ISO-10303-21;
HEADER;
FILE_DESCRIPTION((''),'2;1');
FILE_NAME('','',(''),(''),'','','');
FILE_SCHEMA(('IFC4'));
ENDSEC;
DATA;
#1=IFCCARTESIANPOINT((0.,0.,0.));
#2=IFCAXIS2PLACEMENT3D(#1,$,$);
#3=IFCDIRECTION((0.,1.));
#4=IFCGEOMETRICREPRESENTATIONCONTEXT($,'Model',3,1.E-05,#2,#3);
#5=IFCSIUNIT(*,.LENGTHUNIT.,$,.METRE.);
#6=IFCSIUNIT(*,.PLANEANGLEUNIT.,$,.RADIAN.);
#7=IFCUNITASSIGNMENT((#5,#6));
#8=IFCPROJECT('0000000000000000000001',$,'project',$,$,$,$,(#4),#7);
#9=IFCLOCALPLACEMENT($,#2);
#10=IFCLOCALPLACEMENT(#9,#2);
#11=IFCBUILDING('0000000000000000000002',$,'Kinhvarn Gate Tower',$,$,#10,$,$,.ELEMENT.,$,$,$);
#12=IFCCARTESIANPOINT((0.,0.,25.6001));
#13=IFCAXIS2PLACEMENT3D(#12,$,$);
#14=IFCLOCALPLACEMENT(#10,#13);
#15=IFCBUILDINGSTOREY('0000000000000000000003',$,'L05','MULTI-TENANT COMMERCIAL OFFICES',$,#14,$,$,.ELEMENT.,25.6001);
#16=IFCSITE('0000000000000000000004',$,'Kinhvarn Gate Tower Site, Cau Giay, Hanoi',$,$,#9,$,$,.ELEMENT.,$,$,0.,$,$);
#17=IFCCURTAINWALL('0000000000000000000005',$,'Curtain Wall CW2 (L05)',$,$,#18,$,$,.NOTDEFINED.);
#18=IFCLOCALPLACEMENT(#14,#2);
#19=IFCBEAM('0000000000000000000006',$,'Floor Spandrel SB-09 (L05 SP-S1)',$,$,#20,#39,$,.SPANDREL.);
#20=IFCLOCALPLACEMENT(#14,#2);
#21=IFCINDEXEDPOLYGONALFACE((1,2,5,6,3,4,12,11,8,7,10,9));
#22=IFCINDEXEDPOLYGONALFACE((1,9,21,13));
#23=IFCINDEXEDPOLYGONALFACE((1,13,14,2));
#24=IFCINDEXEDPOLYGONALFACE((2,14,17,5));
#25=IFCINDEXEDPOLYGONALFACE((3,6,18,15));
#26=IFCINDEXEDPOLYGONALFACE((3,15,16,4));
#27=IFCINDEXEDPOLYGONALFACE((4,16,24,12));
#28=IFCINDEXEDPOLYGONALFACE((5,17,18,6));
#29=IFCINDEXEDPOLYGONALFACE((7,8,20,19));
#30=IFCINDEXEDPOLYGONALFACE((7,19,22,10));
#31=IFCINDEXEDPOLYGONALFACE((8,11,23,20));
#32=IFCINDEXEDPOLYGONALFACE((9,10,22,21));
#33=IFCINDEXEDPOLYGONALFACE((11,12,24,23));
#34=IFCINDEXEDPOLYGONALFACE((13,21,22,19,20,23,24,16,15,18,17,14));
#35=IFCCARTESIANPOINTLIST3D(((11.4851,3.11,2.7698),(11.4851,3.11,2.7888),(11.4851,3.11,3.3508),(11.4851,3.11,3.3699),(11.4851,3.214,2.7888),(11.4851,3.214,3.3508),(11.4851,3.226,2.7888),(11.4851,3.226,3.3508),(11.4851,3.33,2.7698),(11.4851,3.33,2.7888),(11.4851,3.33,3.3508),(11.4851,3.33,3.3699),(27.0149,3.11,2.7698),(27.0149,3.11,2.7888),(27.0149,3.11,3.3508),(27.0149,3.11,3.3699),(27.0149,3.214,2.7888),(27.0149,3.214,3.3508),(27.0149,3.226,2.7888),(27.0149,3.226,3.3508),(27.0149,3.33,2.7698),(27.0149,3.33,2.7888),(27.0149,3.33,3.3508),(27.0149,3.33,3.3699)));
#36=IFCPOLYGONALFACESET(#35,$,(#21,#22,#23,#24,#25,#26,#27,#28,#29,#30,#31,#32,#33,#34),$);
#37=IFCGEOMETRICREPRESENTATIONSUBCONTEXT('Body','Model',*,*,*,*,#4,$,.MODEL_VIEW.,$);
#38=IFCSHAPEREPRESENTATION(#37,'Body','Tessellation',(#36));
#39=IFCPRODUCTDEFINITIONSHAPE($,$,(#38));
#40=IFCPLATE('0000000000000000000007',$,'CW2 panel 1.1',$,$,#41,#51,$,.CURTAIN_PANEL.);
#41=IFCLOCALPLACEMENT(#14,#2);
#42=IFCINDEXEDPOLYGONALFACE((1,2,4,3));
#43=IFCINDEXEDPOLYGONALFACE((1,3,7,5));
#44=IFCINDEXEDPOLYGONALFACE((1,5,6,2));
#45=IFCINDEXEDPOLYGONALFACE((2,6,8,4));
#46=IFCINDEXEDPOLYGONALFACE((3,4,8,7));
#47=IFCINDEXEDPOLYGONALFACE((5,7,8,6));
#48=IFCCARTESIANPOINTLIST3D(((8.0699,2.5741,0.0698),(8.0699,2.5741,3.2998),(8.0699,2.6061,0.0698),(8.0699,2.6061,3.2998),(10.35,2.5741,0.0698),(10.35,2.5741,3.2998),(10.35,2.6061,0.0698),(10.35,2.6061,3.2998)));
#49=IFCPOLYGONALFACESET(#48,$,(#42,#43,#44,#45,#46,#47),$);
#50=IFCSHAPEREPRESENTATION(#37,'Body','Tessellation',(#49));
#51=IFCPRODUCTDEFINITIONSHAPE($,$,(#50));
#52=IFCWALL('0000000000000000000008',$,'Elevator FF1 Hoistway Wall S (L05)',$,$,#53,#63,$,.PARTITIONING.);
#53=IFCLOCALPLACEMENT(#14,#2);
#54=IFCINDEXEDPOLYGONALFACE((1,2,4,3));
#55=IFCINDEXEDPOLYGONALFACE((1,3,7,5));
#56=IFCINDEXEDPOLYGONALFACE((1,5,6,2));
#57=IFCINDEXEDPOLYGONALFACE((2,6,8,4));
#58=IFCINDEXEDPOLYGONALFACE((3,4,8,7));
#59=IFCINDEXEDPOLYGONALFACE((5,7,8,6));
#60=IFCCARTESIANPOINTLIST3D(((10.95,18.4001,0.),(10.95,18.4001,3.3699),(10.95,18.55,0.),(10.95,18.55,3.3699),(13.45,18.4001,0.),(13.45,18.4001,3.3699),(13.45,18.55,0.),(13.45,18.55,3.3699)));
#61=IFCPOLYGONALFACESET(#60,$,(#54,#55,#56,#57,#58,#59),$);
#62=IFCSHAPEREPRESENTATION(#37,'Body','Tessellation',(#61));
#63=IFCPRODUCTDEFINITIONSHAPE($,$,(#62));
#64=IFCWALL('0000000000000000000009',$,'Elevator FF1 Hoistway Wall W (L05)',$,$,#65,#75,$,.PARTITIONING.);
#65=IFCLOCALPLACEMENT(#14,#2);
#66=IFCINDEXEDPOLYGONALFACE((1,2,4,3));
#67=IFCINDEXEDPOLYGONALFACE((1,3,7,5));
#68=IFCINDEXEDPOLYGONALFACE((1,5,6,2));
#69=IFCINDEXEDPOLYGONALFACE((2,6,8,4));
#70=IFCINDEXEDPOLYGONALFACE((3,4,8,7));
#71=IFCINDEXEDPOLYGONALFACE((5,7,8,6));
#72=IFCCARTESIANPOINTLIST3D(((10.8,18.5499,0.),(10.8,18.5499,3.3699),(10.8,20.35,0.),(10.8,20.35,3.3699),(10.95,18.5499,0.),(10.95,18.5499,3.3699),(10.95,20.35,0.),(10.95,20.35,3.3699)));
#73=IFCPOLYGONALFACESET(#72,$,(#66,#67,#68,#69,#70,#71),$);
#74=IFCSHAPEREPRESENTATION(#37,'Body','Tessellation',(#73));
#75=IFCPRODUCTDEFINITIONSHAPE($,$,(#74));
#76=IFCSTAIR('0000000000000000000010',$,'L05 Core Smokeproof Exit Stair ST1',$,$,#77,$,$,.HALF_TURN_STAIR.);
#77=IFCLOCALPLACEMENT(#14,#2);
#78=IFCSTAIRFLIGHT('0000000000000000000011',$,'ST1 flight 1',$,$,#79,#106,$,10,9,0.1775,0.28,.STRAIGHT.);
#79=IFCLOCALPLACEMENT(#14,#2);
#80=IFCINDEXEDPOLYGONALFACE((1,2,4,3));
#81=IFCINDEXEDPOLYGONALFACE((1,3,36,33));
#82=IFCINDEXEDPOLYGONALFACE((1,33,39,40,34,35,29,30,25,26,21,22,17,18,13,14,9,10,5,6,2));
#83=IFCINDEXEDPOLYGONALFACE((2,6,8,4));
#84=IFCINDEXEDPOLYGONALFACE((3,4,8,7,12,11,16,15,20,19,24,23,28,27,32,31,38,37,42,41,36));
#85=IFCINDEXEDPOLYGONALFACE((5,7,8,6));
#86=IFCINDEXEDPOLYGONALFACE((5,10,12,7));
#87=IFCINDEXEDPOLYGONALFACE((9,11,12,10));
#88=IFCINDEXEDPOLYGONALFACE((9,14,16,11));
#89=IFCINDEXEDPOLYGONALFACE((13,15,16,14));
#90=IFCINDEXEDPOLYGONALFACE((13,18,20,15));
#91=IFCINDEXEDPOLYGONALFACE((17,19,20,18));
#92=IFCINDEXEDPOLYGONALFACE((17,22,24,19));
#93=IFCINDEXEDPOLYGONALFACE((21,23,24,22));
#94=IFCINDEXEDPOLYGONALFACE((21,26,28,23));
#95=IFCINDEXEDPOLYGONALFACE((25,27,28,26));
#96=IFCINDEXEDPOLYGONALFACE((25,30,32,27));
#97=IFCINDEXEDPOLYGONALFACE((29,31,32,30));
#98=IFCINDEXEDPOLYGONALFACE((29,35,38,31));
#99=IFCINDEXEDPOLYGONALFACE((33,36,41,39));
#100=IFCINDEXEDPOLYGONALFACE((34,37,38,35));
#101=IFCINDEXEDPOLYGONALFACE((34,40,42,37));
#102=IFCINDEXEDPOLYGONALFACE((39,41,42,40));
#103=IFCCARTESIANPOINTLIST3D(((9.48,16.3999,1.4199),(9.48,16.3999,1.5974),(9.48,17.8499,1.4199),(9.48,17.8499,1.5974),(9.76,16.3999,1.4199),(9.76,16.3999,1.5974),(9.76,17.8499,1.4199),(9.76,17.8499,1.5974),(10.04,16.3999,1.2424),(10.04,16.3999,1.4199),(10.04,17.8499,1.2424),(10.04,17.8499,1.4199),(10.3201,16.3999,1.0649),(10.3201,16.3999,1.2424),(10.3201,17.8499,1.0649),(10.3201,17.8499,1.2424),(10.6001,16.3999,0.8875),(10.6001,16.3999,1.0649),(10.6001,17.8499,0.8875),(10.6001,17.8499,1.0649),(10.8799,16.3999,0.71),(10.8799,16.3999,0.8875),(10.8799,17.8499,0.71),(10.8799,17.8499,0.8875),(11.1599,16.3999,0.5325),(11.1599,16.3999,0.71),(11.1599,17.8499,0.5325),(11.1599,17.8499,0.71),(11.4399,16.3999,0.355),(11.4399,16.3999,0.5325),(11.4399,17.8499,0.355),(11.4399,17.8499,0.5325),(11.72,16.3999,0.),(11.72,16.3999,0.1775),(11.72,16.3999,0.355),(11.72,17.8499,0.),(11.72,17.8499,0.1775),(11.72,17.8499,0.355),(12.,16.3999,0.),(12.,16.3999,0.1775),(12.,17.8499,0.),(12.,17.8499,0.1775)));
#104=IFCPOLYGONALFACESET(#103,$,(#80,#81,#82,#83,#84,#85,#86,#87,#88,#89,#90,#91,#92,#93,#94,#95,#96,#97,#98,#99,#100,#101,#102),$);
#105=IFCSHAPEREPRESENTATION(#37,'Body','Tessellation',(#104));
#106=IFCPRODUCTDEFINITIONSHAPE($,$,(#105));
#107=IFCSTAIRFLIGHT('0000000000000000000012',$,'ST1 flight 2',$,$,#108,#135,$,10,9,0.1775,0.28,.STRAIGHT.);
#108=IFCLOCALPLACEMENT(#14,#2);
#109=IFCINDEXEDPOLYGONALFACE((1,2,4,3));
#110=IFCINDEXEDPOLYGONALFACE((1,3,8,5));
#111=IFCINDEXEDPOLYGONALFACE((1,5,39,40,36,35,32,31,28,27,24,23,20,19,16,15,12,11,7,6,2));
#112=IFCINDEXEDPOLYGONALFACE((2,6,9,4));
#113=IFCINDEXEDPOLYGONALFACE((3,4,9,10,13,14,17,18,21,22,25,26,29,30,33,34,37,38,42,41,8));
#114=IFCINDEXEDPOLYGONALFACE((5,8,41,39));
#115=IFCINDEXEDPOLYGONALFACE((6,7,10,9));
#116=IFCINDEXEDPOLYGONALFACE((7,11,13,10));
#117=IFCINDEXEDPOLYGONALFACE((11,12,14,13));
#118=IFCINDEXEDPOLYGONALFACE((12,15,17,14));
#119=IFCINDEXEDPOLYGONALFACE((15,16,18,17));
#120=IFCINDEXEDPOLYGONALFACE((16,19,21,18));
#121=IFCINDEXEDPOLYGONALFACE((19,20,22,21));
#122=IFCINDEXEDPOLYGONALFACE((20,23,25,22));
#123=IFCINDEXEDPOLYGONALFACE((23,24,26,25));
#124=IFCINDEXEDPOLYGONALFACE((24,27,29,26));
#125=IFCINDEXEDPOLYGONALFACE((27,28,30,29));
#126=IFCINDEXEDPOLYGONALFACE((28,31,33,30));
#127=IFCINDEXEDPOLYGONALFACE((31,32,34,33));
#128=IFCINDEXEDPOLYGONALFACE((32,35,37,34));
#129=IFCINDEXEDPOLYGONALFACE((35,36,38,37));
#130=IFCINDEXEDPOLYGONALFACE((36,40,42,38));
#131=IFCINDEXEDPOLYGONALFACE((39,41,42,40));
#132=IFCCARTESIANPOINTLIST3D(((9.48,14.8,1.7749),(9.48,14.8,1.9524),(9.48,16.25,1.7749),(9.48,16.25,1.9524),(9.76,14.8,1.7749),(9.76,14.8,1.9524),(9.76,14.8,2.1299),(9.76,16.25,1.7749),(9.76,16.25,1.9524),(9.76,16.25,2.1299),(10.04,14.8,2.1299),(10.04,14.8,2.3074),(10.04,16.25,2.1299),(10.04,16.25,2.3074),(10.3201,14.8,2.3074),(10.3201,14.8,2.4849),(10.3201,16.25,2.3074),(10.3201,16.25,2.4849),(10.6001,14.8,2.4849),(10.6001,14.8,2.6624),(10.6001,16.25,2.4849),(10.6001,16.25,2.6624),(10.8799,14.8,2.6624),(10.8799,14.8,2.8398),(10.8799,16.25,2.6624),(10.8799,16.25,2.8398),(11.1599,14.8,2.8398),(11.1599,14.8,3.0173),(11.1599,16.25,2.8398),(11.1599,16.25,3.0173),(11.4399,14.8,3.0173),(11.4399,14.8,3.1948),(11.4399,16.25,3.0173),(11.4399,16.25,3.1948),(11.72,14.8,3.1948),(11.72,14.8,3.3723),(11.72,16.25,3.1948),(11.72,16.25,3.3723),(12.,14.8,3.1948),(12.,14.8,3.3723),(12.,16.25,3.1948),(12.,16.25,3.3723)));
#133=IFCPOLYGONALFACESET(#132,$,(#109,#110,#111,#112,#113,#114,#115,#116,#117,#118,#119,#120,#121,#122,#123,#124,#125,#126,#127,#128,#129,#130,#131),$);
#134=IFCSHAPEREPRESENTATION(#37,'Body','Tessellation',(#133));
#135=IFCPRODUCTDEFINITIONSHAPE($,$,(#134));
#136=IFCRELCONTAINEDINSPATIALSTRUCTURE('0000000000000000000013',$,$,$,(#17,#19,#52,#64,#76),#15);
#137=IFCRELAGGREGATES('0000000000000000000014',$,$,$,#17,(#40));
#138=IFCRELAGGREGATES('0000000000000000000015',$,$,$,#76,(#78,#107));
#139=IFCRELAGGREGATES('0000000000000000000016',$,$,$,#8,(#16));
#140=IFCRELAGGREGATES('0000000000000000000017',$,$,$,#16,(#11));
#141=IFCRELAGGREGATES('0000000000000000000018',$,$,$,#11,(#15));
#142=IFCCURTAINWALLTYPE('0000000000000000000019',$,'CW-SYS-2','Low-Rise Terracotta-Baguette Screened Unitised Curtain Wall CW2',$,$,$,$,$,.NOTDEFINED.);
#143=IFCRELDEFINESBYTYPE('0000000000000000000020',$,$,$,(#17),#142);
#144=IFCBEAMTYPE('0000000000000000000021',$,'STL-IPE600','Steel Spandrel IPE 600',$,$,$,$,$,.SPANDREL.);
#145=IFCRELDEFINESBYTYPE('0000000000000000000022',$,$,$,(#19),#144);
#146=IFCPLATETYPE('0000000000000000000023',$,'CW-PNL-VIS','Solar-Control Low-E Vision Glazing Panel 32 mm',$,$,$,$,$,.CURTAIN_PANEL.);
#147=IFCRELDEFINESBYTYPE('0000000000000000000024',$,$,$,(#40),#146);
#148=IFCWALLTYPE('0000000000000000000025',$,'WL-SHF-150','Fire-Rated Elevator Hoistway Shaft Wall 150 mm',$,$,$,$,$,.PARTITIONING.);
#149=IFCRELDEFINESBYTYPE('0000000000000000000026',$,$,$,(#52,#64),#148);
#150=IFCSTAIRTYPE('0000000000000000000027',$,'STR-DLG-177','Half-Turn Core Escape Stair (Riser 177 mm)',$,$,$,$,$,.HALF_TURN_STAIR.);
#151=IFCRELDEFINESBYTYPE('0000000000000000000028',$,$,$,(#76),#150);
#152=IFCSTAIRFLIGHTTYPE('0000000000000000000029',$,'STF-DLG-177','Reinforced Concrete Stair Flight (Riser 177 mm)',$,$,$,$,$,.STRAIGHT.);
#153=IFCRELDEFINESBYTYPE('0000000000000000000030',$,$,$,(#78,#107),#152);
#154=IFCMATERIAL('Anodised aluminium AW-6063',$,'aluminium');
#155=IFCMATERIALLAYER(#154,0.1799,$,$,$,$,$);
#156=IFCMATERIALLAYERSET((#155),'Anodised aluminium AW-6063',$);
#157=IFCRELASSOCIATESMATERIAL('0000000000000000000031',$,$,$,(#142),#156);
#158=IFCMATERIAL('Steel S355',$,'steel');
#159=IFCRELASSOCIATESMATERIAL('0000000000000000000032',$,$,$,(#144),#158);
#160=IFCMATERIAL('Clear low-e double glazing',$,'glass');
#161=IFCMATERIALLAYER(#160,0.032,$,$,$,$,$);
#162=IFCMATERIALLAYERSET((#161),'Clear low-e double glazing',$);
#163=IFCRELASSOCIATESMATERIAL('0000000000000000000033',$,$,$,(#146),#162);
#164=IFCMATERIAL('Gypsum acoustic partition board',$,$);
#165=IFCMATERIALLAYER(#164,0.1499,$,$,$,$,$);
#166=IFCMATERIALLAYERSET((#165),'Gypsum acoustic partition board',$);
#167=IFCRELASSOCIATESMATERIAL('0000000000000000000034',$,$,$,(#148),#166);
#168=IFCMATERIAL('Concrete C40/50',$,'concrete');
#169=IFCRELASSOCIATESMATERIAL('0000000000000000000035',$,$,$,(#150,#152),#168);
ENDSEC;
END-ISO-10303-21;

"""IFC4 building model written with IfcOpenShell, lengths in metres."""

from ifc_helpers import new_model, si_unit, direction, frame, frame_2d, origin, origin_2d, place, context, subcontext, project, spatial, polyline, rectangle, i_section, outline, extrude, material, layer, layer_set, material_profile, profile_set, type_object, element, aggregate, save


model = new_model("IFC4")

# Units and contexts
model_context = context("Model", 3, precision=1e-05, world=origin(), true_north=direction((0.0, 1.0)))
body_context = subcontext(model_context, "Body", "Model", "MODEL_VIEW")
ifc_project = project(units=[si_unit("LENGTHUNIT", "METRE"), si_unit("PLANEANGLEUNIT", "RADIAN")], contexts=[model_context])

# Site, building, storey
site_placement = place(None, origin())
site = spatial("IfcSite", under=ifc_project, at=site_placement, Name="Kinhvarn Gate Tower Site, Cau Giay, Hanoi", CompositionType="ELEMENT", RefElevation=0.0)
building_placement = place(site_placement, origin())
building = spatial("IfcBuilding", under=site, at=building_placement, Name="Kinhvarn Gate Tower", CompositionType="ELEMENT")
storey_placement = place(building_placement, frame((0.0, 0.0, 25.6001)))
storey = spatial("IfcBuildingStorey", under=building, at=storey_placement, Name="L05", Description="MULTI-TENANT COMMERCIAL OFFICES", CompositionType="ELEMENT", Elevation=25.6001)

# Curtain wall
ifc_material_1 = material(Name="Anodised aluminium AW-6063", Category="aluminium")
ifc_layer_1 = layer(ifc_material_1, 0.1799)
ifc_layer_set_1 = layer_set([ifc_layer_1], Name="Anodised aluminium AW-6063")
curtain_wall_type_1 = type_object("IfcCurtainWallType", Name="CW-SYS-2", Description="Low-Rise Terracotta-Baguette Screened Unitised Curtain Wall CW2", PredefinedType="NOTDEFINED", material=ifc_layer_set_1)
curtain_wall_1_placement = place(storey_placement, origin())
curtain_wall_1 = element("IfcCurtainWall", 1, at=curtain_wall_1_placement, inside=storey, type_object=curtain_wall_type_1, Name="Curtain Wall CW2 (L05)", PredefinedType="NOTDEFINED")

# Beam
ifc_material_2 = material(Name="Steel S355", Category="steel")
ifc_material_profile_1 = material_profile(ifc_material_2, i_section(OverallWidth=0.22, OverallDepth=0.6001, WebThickness=0.012, FlangeThickness=0.019, at=origin_2d()), Name="IPE 600")
ifc_profile_set_1 = profile_set([ifc_material_profile_1], Name="Steel S355")
beam_type_1 = type_object("IfcBeamType", Name="STL-IPE600", Description="Steel Spandrel IPE 600", PredefinedType="SPANDREL", material=ifc_profile_set_1)
beam_1_placement = place(storey_placement, frame((11.4851, 3.22, 3.0698), z_axis=(1.0, 0.0, 0.0), x_axis=(0.0, 1.0, 0.0)))
element("IfcBeam", 2, at=beam_1_placement, inside=storey, type_object=beam_type_1, Name="Floor Spandrel SB-09 (L05 SP-S1)", PredefinedType="SPANDREL", context=body_context, shape_type="SweptSolid", body=[
    extrude(i_section(OverallWidth=0.22, OverallDepth=0.6001, WebThickness=0.012, FlangeThickness=0.019, at=origin_2d()), origin(), (0.0, 0.0, 1.0), 15.5298),
])

# Plate
ifc_material_3 = material(Name="Clear low-e double glazing", Category="glass")
ifc_layer_2 = layer(ifc_material_3, 0.032)
ifc_layer_set_2 = layer_set([ifc_layer_2], Name="Clear low-e double glazing")
plate_type = type_object("IfcPlateType", Name="CW-PNL-VIS", Description="Solar-Control Low-E Vision Glazing Panel 32 mm", PredefinedType="CURTAIN_PANEL", material=ifc_layer_set_2)
plate_placement = place(storey_placement, frame((9.21, 2.5901, 0.0698), z_axis=(0.0, 0.0, 1.0), x_axis=(1.0, 0.0, 0.0)))
plate = element("IfcPlate", 3, at=plate_placement, type_object=plate_type, Name="CW2 panel 1.1", PredefinedType="CURTAIN_PANEL", context=body_context, shape_type="SweptSolid", body=[
    extrude(rectangle(XDim=2.28, YDim=0.032, at=origin_2d()), origin(), (0.0, 0.0, 1.0), 3.23),
])
aggregate(curtain_wall_1, [plate])

# Walls
ifc_material_4 = material(Name="Gypsum acoustic partition board")
ifc_layer_3 = layer(ifc_material_4, 0.1499)
ifc_layer_set_3 = layer_set([ifc_layer_3], Name="Gypsum acoustic partition board")
wall_type = type_object("IfcWallType", Name="WL-SHF-150", Description="Fire-Rated Elevator Hoistway Shaft Wall 150 mm", PredefinedType="PARTITIONING", material=ifc_layer_set_3)
wall_1_placement = place(storey_placement, frame((10.95, 18.4751, 0.0), z_axis=(0.0, 0.0, 1.0), x_axis=(1.0, 0.0, 0.0)))
element("IfcWall", 4, at=wall_1_placement, inside=storey, type_object=wall_type, Name="Elevator FF1 Hoistway Wall S (L05)", PredefinedType="PARTITIONING", context=body_context, shape_type="SweptSolid", body=[
    extrude(rectangle(XDim=2.5, YDim=0.1499, at=frame_2d((1.25, 0.0))), origin(), (0.0, 0.0, 1.0), 3.3699),
])
wall_2_placement = place(storey_placement, frame((10.875, 18.55, 0.0), z_axis=(0.0, 0.0, 1.0), x_axis=(0.0, 1.0, 0.0)))
element("IfcWall", 5, at=wall_2_placement, inside=storey, type_object=wall_type, Name="Elevator FF1 Hoistway Wall W (L05)", PredefinedType="PARTITIONING", context=body_context, shape_type="SweptSolid", body=[
    extrude(rectangle(XDim=1.8, YDim=0.1499, at=frame_2d((0.8999, 0.0))), origin(), (0.0, 0.0, 1.0), 3.3699),
])

# Stair, stair flights
ifc_material_5 = material(Name="Concrete C40/50", Category="concrete")
stair_type = type_object("IfcStairType", Name="STR-DLG-177", Description="Half-Turn Core Escape Stair (Riser 177 mm)", PredefinedType="HALF_TURN_STAIR", material=ifc_material_5)
stair_placement = place(storey_placement, origin())
stair = element("IfcStair", 6, at=stair_placement, inside=storey, type_object=stair_type, Name="L05 Core Smokeproof Exit Stair ST1", PredefinedType="HALF_TURN_STAIR")
stair_flight_type = type_object("IfcStairFlightType", Name="STF-DLG-177", Description="Reinforced Concrete Stair Flight (Riser 177 mm)", PredefinedType="STRAIGHT", material=ifc_material_5)
stair_flight_1_placement = place(storey_placement, frame((12.0, 17.125, 0.0), z_axis=(0.0, 0.0, 1.0), x_axis=(-1.0, 0.0, 0.0)))
stair_flight_1 = element("IfcStairFlight", 7, at=stair_flight_1_placement, type_object=stair_flight_type, Name="ST1 flight 1", NumberOfRisers=10, NumberOfTreads=9, PredefinedType="STRAIGHT", RiserHeight=0.1775, TreadLength=0.28, context=body_context, shape_type="SweptSolid", body=[
    extrude(outline(polyline([(0.0, 0.0), (0.0, 0.1775), (0.28, 0.1775), (0.28, 0.355), (0.5601, 0.355), (0.5601, 0.5325), (0.8401, 0.5325), (0.8401, 0.71), (1.1201, 0.71), (1.1201, 0.8875), (1.3999, 0.8875), (1.3999, 1.0649), (1.6799, 1.0649), (1.6799, 1.2424), (1.96, 1.2424), (1.96, 1.4199), (2.24, 1.4199), (2.24, 1.5974), (2.52, 1.5974), (2.52, 1.7749), (2.52, 1.4199), (0.28, 0.0), (0.0, 0.0)])), frame((0.0, 0.7251, 0.0), z_axis=(0.0, -1.0, 0.0), x_axis=(1.0, 0.0, 0.0)), (0.0, 0.0, 1.0), 1.45),
])
stair_flight_2_placement = place(storey_placement, frame((9.48, 15.5249, 1.7749), z_axis=(0.0, 0.0, 1.0), x_axis=(1.0, 0.0, 0.0)))
stair_flight_2 = element("IfcStairFlight", 8, at=stair_flight_2_placement, type_object=stair_flight_type, Name="ST1 flight 2", NumberOfRisers=10, NumberOfTreads=9, PredefinedType="STRAIGHT", RiserHeight=0.1775, TreadLength=0.28, context=body_context, shape_type="SweptSolid", body=[
    extrude(outline(polyline([(0.0, 0.0), (0.0, 0.1775), (0.28, 0.1775), (0.28, 0.355), (0.5601, 0.355), (0.5601, 0.5325), (0.8401, 0.5325), (0.8401, 0.71), (1.1201, 0.71), (1.1201, 0.8875), (1.3999, 0.8875), (1.3999, 1.0649), (1.6799, 1.0649), (1.6799, 1.2424), (1.96, 1.2424), (1.96, 1.4199), (2.24, 1.4199), (2.24, 1.5974), (2.52, 1.5974), (2.52, 1.7749), (2.52, 1.4199), (0.28, 0.0), (0.0, 0.0)])), frame((0.0, 0.7251, 0.0), z_axis=(0.0, -1.0, 0.0), x_axis=(1.0, 0.0, 0.0)), (0.0, 0.0, 1.0), 1.45),
])
aggregate(stair, [stair_flight_1, stair_flight_2])

save(model, "model.ifc")
